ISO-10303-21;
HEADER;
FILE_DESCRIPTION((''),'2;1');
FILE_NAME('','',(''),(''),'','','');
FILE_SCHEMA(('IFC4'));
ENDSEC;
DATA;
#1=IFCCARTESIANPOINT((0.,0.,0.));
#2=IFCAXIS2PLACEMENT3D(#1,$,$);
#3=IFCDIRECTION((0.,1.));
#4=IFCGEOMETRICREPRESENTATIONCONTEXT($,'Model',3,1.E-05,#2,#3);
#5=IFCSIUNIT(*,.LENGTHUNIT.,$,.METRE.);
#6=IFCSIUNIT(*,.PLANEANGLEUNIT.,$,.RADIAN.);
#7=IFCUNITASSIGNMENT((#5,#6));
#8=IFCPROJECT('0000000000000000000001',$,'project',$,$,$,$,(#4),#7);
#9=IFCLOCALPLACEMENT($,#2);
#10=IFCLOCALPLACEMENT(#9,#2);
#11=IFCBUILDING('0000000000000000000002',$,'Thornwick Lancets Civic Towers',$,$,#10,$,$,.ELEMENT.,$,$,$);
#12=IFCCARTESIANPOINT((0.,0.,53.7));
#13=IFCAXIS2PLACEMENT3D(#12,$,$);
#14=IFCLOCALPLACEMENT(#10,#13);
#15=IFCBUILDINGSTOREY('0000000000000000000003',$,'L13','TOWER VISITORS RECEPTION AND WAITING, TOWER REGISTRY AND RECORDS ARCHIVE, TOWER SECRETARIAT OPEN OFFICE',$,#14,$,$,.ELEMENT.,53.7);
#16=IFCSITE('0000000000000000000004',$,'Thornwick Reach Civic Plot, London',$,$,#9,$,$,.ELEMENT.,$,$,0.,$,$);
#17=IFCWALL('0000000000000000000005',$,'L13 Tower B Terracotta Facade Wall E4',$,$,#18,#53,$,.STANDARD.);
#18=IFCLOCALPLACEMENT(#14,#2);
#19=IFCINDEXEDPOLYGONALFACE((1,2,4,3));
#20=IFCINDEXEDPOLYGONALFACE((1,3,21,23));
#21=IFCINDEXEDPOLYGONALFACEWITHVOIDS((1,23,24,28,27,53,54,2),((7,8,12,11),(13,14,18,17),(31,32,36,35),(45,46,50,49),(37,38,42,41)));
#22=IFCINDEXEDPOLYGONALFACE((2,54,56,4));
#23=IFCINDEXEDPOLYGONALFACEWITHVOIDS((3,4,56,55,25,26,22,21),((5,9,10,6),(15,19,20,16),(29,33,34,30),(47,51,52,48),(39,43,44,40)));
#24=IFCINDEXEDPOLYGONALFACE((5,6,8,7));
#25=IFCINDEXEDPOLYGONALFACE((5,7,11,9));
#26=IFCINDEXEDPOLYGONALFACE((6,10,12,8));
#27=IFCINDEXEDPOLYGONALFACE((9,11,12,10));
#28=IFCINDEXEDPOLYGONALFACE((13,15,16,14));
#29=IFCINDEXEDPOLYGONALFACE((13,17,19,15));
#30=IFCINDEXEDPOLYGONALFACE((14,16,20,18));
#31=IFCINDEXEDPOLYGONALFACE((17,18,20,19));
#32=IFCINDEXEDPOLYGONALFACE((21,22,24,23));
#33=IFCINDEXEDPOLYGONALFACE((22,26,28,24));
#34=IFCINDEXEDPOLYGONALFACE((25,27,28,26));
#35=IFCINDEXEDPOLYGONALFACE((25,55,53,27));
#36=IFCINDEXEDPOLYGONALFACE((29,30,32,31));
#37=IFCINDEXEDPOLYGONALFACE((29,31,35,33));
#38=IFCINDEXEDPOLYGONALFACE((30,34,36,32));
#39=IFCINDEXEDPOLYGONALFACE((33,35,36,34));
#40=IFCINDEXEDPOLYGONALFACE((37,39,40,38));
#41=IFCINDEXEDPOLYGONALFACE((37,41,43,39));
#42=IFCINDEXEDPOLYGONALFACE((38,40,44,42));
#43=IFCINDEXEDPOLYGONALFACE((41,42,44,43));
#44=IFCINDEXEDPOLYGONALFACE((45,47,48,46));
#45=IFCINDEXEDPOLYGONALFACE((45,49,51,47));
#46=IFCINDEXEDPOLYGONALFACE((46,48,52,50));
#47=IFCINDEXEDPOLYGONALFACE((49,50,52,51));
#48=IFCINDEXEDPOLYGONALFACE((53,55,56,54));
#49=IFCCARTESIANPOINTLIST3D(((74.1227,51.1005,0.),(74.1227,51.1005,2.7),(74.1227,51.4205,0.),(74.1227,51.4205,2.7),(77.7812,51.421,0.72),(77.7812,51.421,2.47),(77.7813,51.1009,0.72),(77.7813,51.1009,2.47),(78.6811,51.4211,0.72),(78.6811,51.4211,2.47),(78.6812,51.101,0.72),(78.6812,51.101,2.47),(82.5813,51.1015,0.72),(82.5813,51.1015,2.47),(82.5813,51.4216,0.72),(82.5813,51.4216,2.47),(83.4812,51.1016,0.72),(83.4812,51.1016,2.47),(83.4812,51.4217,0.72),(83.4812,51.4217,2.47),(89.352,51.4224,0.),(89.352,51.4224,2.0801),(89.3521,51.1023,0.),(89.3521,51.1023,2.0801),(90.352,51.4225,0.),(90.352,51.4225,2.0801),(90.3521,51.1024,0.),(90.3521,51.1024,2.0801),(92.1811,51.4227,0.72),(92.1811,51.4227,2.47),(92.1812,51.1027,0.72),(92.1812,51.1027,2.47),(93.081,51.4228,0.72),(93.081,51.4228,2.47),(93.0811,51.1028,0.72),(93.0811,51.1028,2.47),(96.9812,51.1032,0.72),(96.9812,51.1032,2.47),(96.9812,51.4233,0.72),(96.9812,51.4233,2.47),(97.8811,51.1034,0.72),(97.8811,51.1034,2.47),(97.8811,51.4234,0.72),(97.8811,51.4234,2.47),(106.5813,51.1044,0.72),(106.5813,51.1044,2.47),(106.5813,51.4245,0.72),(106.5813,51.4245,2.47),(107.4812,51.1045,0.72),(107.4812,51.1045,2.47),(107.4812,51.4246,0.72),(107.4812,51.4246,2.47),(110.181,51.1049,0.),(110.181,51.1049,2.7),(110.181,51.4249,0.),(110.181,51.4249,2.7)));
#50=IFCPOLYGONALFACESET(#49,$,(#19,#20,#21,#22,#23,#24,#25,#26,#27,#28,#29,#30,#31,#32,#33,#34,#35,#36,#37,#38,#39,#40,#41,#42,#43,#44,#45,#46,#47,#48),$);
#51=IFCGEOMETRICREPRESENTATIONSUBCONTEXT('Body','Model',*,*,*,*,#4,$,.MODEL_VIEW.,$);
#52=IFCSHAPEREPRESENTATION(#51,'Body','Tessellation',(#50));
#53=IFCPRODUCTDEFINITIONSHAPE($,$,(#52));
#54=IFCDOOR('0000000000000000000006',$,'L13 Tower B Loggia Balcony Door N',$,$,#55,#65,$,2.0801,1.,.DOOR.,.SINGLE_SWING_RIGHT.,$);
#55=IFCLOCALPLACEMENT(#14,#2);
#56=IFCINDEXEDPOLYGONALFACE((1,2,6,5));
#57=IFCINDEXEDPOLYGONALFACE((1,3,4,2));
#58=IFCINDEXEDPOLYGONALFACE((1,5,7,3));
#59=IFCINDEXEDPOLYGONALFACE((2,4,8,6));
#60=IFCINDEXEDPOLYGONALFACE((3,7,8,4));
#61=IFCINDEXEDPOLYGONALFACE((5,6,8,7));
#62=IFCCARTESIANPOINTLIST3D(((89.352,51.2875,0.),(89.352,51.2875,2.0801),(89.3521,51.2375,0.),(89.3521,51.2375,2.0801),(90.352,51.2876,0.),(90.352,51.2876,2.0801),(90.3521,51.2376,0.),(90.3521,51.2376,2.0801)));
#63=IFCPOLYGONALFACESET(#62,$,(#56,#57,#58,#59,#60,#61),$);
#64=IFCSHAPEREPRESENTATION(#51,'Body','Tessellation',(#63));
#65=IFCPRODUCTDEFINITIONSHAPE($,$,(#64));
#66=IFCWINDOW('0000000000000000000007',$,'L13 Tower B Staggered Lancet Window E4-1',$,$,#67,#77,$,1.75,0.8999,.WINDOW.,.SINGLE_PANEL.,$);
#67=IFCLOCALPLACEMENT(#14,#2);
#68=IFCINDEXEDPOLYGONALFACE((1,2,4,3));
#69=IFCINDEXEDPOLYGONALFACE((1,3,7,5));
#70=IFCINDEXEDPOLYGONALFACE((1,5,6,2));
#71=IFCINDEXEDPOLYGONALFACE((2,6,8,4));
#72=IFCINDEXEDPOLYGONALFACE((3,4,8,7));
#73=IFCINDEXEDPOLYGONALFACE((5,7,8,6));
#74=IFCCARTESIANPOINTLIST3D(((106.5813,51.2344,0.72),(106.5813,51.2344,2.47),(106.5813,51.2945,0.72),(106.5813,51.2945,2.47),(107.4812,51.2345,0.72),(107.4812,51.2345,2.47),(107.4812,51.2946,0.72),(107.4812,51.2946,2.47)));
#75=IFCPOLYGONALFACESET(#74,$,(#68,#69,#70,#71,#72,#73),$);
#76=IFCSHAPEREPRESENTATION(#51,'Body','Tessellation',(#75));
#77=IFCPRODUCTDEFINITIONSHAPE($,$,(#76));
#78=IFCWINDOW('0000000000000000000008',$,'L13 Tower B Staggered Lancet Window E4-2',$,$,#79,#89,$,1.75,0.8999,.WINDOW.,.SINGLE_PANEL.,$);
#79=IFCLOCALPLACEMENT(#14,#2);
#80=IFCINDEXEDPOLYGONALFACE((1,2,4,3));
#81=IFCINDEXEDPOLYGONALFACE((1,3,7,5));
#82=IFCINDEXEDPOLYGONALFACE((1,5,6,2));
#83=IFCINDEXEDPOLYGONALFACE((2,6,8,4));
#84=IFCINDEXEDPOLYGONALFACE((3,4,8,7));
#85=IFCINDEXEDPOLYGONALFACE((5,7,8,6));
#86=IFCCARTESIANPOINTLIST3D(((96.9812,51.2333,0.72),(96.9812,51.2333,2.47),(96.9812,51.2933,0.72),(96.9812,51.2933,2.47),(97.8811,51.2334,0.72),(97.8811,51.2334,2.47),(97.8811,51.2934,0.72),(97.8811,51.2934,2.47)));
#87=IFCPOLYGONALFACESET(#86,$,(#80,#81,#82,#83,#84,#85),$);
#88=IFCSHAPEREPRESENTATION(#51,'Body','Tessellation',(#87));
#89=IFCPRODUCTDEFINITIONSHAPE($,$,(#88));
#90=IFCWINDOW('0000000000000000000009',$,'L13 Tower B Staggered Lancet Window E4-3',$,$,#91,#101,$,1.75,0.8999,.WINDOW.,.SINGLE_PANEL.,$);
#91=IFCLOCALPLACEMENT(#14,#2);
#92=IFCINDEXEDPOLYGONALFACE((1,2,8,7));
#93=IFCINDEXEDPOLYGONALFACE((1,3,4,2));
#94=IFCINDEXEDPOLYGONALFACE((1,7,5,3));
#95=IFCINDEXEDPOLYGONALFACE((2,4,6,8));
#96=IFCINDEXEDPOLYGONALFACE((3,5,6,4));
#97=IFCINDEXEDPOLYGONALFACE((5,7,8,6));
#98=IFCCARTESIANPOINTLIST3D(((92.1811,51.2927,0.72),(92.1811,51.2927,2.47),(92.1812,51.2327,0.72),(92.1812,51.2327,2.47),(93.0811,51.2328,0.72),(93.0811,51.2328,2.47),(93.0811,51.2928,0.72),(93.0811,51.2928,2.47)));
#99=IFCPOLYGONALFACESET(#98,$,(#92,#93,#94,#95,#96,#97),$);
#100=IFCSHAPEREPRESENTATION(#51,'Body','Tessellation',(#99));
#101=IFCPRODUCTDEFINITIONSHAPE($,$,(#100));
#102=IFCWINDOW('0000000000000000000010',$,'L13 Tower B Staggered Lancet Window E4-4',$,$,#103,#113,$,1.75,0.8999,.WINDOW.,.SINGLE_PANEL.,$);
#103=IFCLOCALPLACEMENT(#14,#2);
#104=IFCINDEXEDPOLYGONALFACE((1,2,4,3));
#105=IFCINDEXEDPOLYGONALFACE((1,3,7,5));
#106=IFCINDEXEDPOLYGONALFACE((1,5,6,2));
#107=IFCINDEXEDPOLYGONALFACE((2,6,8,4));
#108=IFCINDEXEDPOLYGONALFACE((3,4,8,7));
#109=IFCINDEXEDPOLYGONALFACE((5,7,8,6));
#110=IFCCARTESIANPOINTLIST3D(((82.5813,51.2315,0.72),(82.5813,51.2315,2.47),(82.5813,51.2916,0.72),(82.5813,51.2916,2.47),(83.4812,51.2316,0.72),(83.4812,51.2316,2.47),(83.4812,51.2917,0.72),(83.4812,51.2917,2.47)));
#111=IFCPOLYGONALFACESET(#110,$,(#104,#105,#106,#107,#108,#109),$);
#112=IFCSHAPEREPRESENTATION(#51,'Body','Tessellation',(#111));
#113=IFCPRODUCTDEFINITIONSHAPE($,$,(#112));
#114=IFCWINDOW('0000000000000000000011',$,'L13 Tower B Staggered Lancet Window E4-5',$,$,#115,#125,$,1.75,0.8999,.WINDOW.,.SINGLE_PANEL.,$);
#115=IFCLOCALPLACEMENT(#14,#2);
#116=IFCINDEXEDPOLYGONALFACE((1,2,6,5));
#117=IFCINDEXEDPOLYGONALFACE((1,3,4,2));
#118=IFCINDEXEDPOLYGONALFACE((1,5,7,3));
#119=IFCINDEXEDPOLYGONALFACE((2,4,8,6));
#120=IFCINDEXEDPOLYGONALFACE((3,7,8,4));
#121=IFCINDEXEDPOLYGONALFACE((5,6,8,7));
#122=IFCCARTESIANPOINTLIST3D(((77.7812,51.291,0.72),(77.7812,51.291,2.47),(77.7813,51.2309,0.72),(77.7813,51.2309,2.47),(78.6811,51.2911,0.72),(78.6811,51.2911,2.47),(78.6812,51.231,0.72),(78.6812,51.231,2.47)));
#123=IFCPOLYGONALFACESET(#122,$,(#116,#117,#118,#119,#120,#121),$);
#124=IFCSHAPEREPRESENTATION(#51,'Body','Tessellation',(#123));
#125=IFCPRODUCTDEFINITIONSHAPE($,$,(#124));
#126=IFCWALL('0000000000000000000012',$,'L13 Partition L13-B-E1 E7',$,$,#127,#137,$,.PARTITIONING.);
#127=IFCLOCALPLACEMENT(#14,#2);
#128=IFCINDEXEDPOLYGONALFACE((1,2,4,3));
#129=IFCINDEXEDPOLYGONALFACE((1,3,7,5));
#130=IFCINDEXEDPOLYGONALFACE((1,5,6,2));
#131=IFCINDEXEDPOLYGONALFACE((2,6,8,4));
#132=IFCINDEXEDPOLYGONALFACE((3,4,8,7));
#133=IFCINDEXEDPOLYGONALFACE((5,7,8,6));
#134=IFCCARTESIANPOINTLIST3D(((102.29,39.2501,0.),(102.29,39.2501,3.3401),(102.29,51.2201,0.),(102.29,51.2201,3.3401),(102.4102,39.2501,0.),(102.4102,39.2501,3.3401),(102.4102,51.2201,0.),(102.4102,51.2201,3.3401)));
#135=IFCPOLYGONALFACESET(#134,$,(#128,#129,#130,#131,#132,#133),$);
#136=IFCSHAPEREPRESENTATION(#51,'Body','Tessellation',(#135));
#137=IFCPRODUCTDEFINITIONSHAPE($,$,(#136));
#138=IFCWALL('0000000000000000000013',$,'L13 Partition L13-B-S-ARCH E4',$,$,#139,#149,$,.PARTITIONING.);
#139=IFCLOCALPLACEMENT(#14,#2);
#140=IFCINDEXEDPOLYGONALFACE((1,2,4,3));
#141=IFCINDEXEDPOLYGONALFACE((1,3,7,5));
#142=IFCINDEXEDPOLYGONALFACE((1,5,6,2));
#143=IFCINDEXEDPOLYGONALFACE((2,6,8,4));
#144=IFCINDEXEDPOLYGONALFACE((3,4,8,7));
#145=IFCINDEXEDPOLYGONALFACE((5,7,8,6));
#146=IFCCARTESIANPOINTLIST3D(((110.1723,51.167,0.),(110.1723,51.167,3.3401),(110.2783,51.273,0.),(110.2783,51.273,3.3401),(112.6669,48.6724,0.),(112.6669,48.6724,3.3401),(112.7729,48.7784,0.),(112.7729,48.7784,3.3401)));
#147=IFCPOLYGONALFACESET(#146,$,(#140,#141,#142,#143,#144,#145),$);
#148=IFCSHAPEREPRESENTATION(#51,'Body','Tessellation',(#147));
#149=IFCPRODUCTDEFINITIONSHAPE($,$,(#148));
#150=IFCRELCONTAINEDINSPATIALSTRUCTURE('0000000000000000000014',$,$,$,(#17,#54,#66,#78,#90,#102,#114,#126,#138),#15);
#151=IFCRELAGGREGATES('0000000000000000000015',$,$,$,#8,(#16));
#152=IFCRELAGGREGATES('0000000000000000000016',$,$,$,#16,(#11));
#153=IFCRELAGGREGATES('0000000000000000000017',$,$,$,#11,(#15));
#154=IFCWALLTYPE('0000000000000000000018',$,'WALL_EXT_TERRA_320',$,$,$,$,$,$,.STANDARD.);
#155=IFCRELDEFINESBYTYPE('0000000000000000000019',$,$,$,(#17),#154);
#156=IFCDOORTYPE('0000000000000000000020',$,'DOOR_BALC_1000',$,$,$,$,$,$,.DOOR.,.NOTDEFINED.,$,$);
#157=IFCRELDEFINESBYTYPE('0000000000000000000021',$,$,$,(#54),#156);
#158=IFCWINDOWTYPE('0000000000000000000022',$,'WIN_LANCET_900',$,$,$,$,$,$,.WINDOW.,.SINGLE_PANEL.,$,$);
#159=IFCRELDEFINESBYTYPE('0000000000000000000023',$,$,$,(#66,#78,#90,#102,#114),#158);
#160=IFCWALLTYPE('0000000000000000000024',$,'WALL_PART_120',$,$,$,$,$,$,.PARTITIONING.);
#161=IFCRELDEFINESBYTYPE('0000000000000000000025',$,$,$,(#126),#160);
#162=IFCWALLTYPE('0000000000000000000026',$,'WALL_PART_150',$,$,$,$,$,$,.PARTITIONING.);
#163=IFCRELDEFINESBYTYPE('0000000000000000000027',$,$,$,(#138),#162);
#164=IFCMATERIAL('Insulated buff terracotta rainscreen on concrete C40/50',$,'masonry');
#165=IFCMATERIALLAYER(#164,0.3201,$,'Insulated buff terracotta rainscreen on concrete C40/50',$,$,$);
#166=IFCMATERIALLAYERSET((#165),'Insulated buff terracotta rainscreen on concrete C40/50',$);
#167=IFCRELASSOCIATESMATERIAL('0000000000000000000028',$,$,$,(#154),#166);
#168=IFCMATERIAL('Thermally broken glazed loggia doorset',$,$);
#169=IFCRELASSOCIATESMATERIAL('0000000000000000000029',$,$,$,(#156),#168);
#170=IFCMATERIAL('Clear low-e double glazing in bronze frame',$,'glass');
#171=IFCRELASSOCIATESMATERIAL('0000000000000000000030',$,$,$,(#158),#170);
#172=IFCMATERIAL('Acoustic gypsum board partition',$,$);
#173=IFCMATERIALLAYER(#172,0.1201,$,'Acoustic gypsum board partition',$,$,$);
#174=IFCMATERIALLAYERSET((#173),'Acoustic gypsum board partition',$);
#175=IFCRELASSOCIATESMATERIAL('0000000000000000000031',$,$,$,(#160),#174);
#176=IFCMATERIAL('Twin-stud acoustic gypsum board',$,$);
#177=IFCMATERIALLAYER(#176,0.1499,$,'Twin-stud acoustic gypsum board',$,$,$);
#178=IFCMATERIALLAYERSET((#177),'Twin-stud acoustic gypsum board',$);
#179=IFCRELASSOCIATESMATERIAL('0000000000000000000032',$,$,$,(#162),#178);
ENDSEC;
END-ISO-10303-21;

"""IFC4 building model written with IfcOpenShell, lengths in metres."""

from ifc_helpers import new_model, si_unit, direction, frame, frame_2d, origin, place, context, subcontext, project, spatial, rectangle, extrude, material, layer, layer_set, type_object, element, fill, save


model = new_model("IFC4")

# Units and contexts
model_context = context("Model", 3, precision=1e-05, world=origin(), true_north=direction((0.0, 1.0)))
body_context = subcontext(model_context, "Body", "Model", "MODEL_VIEW")
ifc_project = project(units=[si_unit("LENGTHUNIT", "METRE"), si_unit("PLANEANGLEUNIT", "RADIAN")], contexts=[model_context])

# Site, building, storey
site_placement = place(None, origin())
site = spatial("IfcSite", under=ifc_project, at=site_placement, Name="Thornwick Reach Civic Plot, London", CompositionType="ELEMENT", RefElevation=0.0)
building_placement = place(site_placement, origin())
building = spatial("IfcBuilding", under=site, at=building_placement, Name="Thornwick Lancets Civic Towers", CompositionType="ELEMENT")
storey_placement = place(building_placement, frame((0.0, 0.0, 53.7)))
storey = spatial("IfcBuildingStorey", under=building, at=storey_placement, Name="L13", Description="TOWER VISITORS RECEPTION AND WAITING, TOWER REGISTRY AND RECORDS ARCHIVE, TOWER SECRETARIAT OPEN OFFICE", CompositionType="ELEMENT", Elevation=53.7)

# Wall, openings, door, windows
ifc_material_1 = material(Name="Insulated buff terracotta rainscreen on concrete C40/50", Category="masonry")
ifc_layer_1 = layer(ifc_material_1, 0.3201, Name="Insulated buff terracotta rainscreen on concrete C40/50")
ifc_layer_set_1 = layer_set([ifc_layer_1], Name="Insulated buff terracotta rainscreen on concrete C40/50")
wall_type_1 = type_object("IfcWallType", Name="WALL_EXT_TERRA_320", PredefinedType="STANDARD", material=ifc_layer_set_1)
wall_1_placement = place(storey_placement, frame((110.1812, 51.2649, 0.0), z_axis=(0.0, 0.0, 1.0), x_axis=(-1.0, -0.000122, 0.0)))
wall_1 = element("IfcWall", 1, at=wall_1_placement, inside=storey, type_object=wall_type_1, Name="L13 Tower B Terracotta Facade Wall E4", PredefinedType="STANDARD", context=body_context, shape_type="SweptSolid", body=[
    extrude(rectangle(XDim=36.0583, YDim=0.3201, at=frame_2d((18.0293, 0.0))), origin(), (0.0, 0.0, 1.0), 2.7),
])
opening_1_placement = place(wall_1_placement, frame((19.8291, 0.0, 0.0)))
opening_1 = element("IfcOpeningElement", 2, at=opening_1_placement, cuts=wall_1, PredefinedType="OPENING", context=body_context, shape_type="SweptSolid", body=[
    extrude(rectangle(XDim=1.0, YDim=2.0801, at=frame_2d((0.5, 1.04))), frame((0.0, 0.1699, 0.0), z_axis=(0.0, -1.0, 0.0), x_axis=(1.0, 0.0, 0.0)), (0.0, 0.0, 1.0), 0.3401),
])
opening_2_placement = place(wall_1_placement, frame((2.7, 0.0, 0.72)))
opening_2 = element("IfcOpeningElement", 3, at=opening_2_placement, cuts=wall_1, PredefinedType="OPENING", context=body_context, shape_type="SweptSolid", body=[
    extrude(rectangle(XDim=0.8999, YDim=1.75, at=frame_2d((0.45, 0.875))), frame((0.0, 0.1699, 0.0), z_axis=(0.0, -1.0, 0.0), x_axis=(1.0, 0.0, 0.0)), (0.0, 0.0, 1.0), 0.3401),
])
opening_3_placement = place(wall_1_placement, frame((12.3, 0.0, 0.72)))
opening_3 = element("IfcOpeningElement", 4, at=opening_3_placement, cuts=wall_1, PredefinedType="OPENING", context=body_context, shape_type="SweptSolid", body=[
    extrude(rectangle(XDim=0.8999, YDim=1.75, at=frame_2d((0.45, 0.875))), frame((0.0, 0.1699, 0.0), z_axis=(0.0, -1.0, 0.0), x_axis=(1.0, 0.0, 0.0)), (0.0, 0.0, 1.0), 0.3401),
])
opening_4_placement = place(wall_1_placement, frame((17.1001, 0.0, 0.72)))
opening_4 = element("IfcOpeningElement", 5, at=opening_4_placement, cuts=wall_1, PredefinedType="OPENING", context=body_context, shape_type="SweptSolid", body=[
    extrude(rectangle(XDim=0.8999, YDim=1.75, at=frame_2d((0.45, 0.875))), frame((0.0, 0.1699, 0.0), z_axis=(0.0, -1.0, 0.0), x_axis=(1.0, 0.0, 0.0)), (0.0, 0.0, 1.0), 0.3401),
])
opening_5_placement = place(wall_1_placement, frame((26.7, 0.0, 0.72)))
opening_5 = element("IfcOpeningElement", 6, at=opening_5_placement, cuts=wall_1, PredefinedType="OPENING", context=body_context, shape_type="SweptSolid", body=[
    extrude(rectangle(XDim=0.8999, YDim=1.75, at=frame_2d((0.45, 0.875))), frame((0.0, 0.1699, 0.0), z_axis=(0.0, -1.0, 0.0), x_axis=(1.0, 0.0, 0.0)), (0.0, 0.0, 1.0), 0.3401),
])
opening_6_placement = place(wall_1_placement, frame((31.5, 0.0, 0.72)))
opening_6 = element("IfcOpeningElement", 7, at=opening_6_placement, cuts=wall_1, PredefinedType="OPENING", context=body_context, shape_type="SweptSolid", body=[
    extrude(rectangle(XDim=0.8999, YDim=1.75, at=frame_2d((0.45, 0.875))), frame((0.0, 0.1699, 0.0), z_axis=(0.0, -1.0, 0.0), x_axis=(1.0, 0.0, 0.0)), (0.0, 0.0, 1.0), 0.3401),
])
ifc_material_2 = material(Name="Thermally broken glazed loggia doorset")
door_type = type_object("IfcDoorType", Name="DOOR_BALC_1000", OperationType="NOTDEFINED", PredefinedType="DOOR", material=ifc_material_2)
door_placement = place(opening_1_placement, origin())
door = element("IfcDoor", 8, at=door_placement, inside=storey, type_object=door_type, Name="L13 Tower B Loggia Balcony Door N", OperationType="SINGLE_SWING_RIGHT", OverallHeight=2.0801, OverallWidth=1.0, PredefinedType="DOOR", context=body_context, shape_type="SweptSolid", body=[
    extrude(rectangle(XDim=1.0, YDim=2.0801, at=frame_2d((0.5, 1.04))), frame((0.0, 0.0249, 0.0), z_axis=(0.0, -1.0, 0.0), x_axis=(1.0, 0.0, 0.0)), (0.0, 0.0, 1.0), 0.05),
])
fill(opening_1, door)
ifc_material_3 = material(Name="Clear low-e double glazing in bronze frame", Category="glass")
window_type = type_object("IfcWindowType", Name="WIN_LANCET_900", PartitioningType="SINGLE_PANEL", PredefinedType="WINDOW", material=ifc_material_3)
window_1_placement = place(opening_2_placement, origin())
window_1 = element("IfcWindow", 9, at=window_1_placement, inside=storey, type_object=window_type, Name="L13 Tower B Staggered Lancet Window E4-1", OverallHeight=1.75, OverallWidth=0.8999, PartitioningType="SINGLE_PANEL", PredefinedType="WINDOW", context=body_context, shape_type="SweptSolid", body=[
    extrude(rectangle(XDim=0.8999, YDim=1.75, at=frame_2d((0.45, 0.875))), frame((0.0, 0.03, 0.0), z_axis=(0.0, -1.0, 0.0), x_axis=(1.0, 0.0, 0.0)), (0.0, 0.0, 1.0), 0.0601),
])
fill(opening_2, window_1)
window_2_placement = place(opening_3_placement, origin())
window_2 = element("IfcWindow", 10, at=window_2_placement, inside=storey, type_object=window_type, Name="L13 Tower B Staggered Lancet Window E4-2", OverallHeight=1.75, OverallWidth=0.8999, PartitioningType="SINGLE_PANEL", PredefinedType="WINDOW", context=body_context, shape_type="SweptSolid", body=[
    extrude(rectangle(XDim=0.8999, YDim=1.75, at=frame_2d((0.45, 0.875))), frame((0.0, 0.03, 0.0), z_axis=(0.0, -1.0, 0.0), x_axis=(1.0, 0.0, 0.0)), (0.0, 0.0, 1.0), 0.0601),
])
fill(opening_3, window_2)
window_3_placement = place(opening_4_placement, origin())
window_3 = element("IfcWindow", 11, at=window_3_placement, inside=storey, type_object=window_type, Name="L13 Tower B Staggered Lancet Window E4-3", OverallHeight=1.75, OverallWidth=0.8999, PartitioningType="SINGLE_PANEL", PredefinedType="WINDOW", context=body_context, shape_type="SweptSolid", body=[
    extrude(rectangle(XDim=0.8999, YDim=1.75, at=frame_2d((0.45, 0.875))), frame((0.0, 0.03, 0.0), z_axis=(0.0, -1.0, 0.0), x_axis=(1.0, 0.0, 0.0)), (0.0, 0.0, 1.0), 0.0601),
])
fill(opening_4, window_3)
window_4_placement = place(opening_5_placement, origin())
window_4 = element("IfcWindow", 12, at=window_4_placement, inside=storey, type_object=window_type, Name="L13 Tower B Staggered Lancet Window E4-4", OverallHeight=1.75, OverallWidth=0.8999, PartitioningType="SINGLE_PANEL", PredefinedType="WINDOW", context=body_context, shape_type="SweptSolid", body=[
    extrude(rectangle(XDim=0.8999, YDim=1.75, at=frame_2d((0.45, 0.875))), frame((0.0, 0.03, 0.0), z_axis=(0.0, -1.0, 0.0), x_axis=(1.0, 0.0, 0.0)), (0.0, 0.0, 1.0), 0.0601),
])
fill(opening_5, window_4)
window_5_placement = place(opening_6_placement, origin())
window_5 = element("IfcWindow", 13, at=window_5_placement, inside=storey, type_object=window_type, Name="L13 Tower B Staggered Lancet Window E4-5", OverallHeight=1.75, OverallWidth=0.8999, PartitioningType="SINGLE_PANEL", PredefinedType="WINDOW", context=body_context, shape_type="SweptSolid", body=[
    extrude(rectangle(XDim=0.8999, YDim=1.75, at=frame_2d((0.45, 0.875))), frame((0.0, 0.03, 0.0), z_axis=(0.0, -1.0, 0.0), x_axis=(1.0, 0.0, 0.0)), (0.0, 0.0, 1.0), 0.0601),
])
fill(opening_6, window_5)

# Walls
ifc_material_4 = material(Name="Acoustic gypsum board partition")
ifc_layer_2 = layer(ifc_material_4, 0.1201, Name="Acoustic gypsum board partition")
ifc_layer_set_2 = layer_set([ifc_layer_2], Name="Acoustic gypsum board partition")
wall_type_2 = type_object("IfcWallType", Name="WALL_PART_120", PredefinedType="PARTITIONING", material=ifc_layer_set_2)
wall_2_placement = place(storey_placement, frame((102.3501, 51.22, 0.0), z_axis=(0.0, 0.0, 1.0), x_axis=(0.0, -1.0, 0.0)))
element("IfcWall", 14, at=wall_2_placement, inside=storey, type_object=wall_type_2, Name="L13 Partition L13-B-E1 E7", PredefinedType="PARTITIONING", context=body_context, shape_type="SweptSolid", body=[
    extrude(rectangle(XDim=11.97, YDim=0.1201, at=frame_2d((5.9849, 0.0))), origin(), (0.0, 0.0, 1.0), 3.3401),
])
ifc_material_5 = material(Name="Twin-stud acoustic gypsum board")
ifc_layer_3 = layer(ifc_material_5, 0.1499, Name="Twin-stud acoustic gypsum board")
ifc_layer_set_3 = layer_set([ifc_layer_3], Name="Twin-stud acoustic gypsum board")
wall_type_3 = type_object("IfcWallType", Name="WALL_PART_150", PredefinedType="PARTITIONING", material=ifc_layer_set_3)
wall_3_placement = place(storey_placement, frame((110.2253, 51.22, 0.0), z_axis=(0.0, 0.0, 1.0), x_axis=(0.707107, -0.707107, 0.0)))
element("IfcWall", 15, at=wall_3_placement, inside=storey, type_object=wall_type_3, Name="L13 Partition L13-B-S-ARCH E4", PredefinedType="PARTITIONING", context=body_context, shape_type="SweptSolid", body=[
    extrude(rectangle(XDim=3.5278, YDim=0.1499, at=frame_2d((1.7639, 0.0))), origin(), (0.0, 0.0, 1.0), 3.3401),
])

save(model, "model.ifc")
